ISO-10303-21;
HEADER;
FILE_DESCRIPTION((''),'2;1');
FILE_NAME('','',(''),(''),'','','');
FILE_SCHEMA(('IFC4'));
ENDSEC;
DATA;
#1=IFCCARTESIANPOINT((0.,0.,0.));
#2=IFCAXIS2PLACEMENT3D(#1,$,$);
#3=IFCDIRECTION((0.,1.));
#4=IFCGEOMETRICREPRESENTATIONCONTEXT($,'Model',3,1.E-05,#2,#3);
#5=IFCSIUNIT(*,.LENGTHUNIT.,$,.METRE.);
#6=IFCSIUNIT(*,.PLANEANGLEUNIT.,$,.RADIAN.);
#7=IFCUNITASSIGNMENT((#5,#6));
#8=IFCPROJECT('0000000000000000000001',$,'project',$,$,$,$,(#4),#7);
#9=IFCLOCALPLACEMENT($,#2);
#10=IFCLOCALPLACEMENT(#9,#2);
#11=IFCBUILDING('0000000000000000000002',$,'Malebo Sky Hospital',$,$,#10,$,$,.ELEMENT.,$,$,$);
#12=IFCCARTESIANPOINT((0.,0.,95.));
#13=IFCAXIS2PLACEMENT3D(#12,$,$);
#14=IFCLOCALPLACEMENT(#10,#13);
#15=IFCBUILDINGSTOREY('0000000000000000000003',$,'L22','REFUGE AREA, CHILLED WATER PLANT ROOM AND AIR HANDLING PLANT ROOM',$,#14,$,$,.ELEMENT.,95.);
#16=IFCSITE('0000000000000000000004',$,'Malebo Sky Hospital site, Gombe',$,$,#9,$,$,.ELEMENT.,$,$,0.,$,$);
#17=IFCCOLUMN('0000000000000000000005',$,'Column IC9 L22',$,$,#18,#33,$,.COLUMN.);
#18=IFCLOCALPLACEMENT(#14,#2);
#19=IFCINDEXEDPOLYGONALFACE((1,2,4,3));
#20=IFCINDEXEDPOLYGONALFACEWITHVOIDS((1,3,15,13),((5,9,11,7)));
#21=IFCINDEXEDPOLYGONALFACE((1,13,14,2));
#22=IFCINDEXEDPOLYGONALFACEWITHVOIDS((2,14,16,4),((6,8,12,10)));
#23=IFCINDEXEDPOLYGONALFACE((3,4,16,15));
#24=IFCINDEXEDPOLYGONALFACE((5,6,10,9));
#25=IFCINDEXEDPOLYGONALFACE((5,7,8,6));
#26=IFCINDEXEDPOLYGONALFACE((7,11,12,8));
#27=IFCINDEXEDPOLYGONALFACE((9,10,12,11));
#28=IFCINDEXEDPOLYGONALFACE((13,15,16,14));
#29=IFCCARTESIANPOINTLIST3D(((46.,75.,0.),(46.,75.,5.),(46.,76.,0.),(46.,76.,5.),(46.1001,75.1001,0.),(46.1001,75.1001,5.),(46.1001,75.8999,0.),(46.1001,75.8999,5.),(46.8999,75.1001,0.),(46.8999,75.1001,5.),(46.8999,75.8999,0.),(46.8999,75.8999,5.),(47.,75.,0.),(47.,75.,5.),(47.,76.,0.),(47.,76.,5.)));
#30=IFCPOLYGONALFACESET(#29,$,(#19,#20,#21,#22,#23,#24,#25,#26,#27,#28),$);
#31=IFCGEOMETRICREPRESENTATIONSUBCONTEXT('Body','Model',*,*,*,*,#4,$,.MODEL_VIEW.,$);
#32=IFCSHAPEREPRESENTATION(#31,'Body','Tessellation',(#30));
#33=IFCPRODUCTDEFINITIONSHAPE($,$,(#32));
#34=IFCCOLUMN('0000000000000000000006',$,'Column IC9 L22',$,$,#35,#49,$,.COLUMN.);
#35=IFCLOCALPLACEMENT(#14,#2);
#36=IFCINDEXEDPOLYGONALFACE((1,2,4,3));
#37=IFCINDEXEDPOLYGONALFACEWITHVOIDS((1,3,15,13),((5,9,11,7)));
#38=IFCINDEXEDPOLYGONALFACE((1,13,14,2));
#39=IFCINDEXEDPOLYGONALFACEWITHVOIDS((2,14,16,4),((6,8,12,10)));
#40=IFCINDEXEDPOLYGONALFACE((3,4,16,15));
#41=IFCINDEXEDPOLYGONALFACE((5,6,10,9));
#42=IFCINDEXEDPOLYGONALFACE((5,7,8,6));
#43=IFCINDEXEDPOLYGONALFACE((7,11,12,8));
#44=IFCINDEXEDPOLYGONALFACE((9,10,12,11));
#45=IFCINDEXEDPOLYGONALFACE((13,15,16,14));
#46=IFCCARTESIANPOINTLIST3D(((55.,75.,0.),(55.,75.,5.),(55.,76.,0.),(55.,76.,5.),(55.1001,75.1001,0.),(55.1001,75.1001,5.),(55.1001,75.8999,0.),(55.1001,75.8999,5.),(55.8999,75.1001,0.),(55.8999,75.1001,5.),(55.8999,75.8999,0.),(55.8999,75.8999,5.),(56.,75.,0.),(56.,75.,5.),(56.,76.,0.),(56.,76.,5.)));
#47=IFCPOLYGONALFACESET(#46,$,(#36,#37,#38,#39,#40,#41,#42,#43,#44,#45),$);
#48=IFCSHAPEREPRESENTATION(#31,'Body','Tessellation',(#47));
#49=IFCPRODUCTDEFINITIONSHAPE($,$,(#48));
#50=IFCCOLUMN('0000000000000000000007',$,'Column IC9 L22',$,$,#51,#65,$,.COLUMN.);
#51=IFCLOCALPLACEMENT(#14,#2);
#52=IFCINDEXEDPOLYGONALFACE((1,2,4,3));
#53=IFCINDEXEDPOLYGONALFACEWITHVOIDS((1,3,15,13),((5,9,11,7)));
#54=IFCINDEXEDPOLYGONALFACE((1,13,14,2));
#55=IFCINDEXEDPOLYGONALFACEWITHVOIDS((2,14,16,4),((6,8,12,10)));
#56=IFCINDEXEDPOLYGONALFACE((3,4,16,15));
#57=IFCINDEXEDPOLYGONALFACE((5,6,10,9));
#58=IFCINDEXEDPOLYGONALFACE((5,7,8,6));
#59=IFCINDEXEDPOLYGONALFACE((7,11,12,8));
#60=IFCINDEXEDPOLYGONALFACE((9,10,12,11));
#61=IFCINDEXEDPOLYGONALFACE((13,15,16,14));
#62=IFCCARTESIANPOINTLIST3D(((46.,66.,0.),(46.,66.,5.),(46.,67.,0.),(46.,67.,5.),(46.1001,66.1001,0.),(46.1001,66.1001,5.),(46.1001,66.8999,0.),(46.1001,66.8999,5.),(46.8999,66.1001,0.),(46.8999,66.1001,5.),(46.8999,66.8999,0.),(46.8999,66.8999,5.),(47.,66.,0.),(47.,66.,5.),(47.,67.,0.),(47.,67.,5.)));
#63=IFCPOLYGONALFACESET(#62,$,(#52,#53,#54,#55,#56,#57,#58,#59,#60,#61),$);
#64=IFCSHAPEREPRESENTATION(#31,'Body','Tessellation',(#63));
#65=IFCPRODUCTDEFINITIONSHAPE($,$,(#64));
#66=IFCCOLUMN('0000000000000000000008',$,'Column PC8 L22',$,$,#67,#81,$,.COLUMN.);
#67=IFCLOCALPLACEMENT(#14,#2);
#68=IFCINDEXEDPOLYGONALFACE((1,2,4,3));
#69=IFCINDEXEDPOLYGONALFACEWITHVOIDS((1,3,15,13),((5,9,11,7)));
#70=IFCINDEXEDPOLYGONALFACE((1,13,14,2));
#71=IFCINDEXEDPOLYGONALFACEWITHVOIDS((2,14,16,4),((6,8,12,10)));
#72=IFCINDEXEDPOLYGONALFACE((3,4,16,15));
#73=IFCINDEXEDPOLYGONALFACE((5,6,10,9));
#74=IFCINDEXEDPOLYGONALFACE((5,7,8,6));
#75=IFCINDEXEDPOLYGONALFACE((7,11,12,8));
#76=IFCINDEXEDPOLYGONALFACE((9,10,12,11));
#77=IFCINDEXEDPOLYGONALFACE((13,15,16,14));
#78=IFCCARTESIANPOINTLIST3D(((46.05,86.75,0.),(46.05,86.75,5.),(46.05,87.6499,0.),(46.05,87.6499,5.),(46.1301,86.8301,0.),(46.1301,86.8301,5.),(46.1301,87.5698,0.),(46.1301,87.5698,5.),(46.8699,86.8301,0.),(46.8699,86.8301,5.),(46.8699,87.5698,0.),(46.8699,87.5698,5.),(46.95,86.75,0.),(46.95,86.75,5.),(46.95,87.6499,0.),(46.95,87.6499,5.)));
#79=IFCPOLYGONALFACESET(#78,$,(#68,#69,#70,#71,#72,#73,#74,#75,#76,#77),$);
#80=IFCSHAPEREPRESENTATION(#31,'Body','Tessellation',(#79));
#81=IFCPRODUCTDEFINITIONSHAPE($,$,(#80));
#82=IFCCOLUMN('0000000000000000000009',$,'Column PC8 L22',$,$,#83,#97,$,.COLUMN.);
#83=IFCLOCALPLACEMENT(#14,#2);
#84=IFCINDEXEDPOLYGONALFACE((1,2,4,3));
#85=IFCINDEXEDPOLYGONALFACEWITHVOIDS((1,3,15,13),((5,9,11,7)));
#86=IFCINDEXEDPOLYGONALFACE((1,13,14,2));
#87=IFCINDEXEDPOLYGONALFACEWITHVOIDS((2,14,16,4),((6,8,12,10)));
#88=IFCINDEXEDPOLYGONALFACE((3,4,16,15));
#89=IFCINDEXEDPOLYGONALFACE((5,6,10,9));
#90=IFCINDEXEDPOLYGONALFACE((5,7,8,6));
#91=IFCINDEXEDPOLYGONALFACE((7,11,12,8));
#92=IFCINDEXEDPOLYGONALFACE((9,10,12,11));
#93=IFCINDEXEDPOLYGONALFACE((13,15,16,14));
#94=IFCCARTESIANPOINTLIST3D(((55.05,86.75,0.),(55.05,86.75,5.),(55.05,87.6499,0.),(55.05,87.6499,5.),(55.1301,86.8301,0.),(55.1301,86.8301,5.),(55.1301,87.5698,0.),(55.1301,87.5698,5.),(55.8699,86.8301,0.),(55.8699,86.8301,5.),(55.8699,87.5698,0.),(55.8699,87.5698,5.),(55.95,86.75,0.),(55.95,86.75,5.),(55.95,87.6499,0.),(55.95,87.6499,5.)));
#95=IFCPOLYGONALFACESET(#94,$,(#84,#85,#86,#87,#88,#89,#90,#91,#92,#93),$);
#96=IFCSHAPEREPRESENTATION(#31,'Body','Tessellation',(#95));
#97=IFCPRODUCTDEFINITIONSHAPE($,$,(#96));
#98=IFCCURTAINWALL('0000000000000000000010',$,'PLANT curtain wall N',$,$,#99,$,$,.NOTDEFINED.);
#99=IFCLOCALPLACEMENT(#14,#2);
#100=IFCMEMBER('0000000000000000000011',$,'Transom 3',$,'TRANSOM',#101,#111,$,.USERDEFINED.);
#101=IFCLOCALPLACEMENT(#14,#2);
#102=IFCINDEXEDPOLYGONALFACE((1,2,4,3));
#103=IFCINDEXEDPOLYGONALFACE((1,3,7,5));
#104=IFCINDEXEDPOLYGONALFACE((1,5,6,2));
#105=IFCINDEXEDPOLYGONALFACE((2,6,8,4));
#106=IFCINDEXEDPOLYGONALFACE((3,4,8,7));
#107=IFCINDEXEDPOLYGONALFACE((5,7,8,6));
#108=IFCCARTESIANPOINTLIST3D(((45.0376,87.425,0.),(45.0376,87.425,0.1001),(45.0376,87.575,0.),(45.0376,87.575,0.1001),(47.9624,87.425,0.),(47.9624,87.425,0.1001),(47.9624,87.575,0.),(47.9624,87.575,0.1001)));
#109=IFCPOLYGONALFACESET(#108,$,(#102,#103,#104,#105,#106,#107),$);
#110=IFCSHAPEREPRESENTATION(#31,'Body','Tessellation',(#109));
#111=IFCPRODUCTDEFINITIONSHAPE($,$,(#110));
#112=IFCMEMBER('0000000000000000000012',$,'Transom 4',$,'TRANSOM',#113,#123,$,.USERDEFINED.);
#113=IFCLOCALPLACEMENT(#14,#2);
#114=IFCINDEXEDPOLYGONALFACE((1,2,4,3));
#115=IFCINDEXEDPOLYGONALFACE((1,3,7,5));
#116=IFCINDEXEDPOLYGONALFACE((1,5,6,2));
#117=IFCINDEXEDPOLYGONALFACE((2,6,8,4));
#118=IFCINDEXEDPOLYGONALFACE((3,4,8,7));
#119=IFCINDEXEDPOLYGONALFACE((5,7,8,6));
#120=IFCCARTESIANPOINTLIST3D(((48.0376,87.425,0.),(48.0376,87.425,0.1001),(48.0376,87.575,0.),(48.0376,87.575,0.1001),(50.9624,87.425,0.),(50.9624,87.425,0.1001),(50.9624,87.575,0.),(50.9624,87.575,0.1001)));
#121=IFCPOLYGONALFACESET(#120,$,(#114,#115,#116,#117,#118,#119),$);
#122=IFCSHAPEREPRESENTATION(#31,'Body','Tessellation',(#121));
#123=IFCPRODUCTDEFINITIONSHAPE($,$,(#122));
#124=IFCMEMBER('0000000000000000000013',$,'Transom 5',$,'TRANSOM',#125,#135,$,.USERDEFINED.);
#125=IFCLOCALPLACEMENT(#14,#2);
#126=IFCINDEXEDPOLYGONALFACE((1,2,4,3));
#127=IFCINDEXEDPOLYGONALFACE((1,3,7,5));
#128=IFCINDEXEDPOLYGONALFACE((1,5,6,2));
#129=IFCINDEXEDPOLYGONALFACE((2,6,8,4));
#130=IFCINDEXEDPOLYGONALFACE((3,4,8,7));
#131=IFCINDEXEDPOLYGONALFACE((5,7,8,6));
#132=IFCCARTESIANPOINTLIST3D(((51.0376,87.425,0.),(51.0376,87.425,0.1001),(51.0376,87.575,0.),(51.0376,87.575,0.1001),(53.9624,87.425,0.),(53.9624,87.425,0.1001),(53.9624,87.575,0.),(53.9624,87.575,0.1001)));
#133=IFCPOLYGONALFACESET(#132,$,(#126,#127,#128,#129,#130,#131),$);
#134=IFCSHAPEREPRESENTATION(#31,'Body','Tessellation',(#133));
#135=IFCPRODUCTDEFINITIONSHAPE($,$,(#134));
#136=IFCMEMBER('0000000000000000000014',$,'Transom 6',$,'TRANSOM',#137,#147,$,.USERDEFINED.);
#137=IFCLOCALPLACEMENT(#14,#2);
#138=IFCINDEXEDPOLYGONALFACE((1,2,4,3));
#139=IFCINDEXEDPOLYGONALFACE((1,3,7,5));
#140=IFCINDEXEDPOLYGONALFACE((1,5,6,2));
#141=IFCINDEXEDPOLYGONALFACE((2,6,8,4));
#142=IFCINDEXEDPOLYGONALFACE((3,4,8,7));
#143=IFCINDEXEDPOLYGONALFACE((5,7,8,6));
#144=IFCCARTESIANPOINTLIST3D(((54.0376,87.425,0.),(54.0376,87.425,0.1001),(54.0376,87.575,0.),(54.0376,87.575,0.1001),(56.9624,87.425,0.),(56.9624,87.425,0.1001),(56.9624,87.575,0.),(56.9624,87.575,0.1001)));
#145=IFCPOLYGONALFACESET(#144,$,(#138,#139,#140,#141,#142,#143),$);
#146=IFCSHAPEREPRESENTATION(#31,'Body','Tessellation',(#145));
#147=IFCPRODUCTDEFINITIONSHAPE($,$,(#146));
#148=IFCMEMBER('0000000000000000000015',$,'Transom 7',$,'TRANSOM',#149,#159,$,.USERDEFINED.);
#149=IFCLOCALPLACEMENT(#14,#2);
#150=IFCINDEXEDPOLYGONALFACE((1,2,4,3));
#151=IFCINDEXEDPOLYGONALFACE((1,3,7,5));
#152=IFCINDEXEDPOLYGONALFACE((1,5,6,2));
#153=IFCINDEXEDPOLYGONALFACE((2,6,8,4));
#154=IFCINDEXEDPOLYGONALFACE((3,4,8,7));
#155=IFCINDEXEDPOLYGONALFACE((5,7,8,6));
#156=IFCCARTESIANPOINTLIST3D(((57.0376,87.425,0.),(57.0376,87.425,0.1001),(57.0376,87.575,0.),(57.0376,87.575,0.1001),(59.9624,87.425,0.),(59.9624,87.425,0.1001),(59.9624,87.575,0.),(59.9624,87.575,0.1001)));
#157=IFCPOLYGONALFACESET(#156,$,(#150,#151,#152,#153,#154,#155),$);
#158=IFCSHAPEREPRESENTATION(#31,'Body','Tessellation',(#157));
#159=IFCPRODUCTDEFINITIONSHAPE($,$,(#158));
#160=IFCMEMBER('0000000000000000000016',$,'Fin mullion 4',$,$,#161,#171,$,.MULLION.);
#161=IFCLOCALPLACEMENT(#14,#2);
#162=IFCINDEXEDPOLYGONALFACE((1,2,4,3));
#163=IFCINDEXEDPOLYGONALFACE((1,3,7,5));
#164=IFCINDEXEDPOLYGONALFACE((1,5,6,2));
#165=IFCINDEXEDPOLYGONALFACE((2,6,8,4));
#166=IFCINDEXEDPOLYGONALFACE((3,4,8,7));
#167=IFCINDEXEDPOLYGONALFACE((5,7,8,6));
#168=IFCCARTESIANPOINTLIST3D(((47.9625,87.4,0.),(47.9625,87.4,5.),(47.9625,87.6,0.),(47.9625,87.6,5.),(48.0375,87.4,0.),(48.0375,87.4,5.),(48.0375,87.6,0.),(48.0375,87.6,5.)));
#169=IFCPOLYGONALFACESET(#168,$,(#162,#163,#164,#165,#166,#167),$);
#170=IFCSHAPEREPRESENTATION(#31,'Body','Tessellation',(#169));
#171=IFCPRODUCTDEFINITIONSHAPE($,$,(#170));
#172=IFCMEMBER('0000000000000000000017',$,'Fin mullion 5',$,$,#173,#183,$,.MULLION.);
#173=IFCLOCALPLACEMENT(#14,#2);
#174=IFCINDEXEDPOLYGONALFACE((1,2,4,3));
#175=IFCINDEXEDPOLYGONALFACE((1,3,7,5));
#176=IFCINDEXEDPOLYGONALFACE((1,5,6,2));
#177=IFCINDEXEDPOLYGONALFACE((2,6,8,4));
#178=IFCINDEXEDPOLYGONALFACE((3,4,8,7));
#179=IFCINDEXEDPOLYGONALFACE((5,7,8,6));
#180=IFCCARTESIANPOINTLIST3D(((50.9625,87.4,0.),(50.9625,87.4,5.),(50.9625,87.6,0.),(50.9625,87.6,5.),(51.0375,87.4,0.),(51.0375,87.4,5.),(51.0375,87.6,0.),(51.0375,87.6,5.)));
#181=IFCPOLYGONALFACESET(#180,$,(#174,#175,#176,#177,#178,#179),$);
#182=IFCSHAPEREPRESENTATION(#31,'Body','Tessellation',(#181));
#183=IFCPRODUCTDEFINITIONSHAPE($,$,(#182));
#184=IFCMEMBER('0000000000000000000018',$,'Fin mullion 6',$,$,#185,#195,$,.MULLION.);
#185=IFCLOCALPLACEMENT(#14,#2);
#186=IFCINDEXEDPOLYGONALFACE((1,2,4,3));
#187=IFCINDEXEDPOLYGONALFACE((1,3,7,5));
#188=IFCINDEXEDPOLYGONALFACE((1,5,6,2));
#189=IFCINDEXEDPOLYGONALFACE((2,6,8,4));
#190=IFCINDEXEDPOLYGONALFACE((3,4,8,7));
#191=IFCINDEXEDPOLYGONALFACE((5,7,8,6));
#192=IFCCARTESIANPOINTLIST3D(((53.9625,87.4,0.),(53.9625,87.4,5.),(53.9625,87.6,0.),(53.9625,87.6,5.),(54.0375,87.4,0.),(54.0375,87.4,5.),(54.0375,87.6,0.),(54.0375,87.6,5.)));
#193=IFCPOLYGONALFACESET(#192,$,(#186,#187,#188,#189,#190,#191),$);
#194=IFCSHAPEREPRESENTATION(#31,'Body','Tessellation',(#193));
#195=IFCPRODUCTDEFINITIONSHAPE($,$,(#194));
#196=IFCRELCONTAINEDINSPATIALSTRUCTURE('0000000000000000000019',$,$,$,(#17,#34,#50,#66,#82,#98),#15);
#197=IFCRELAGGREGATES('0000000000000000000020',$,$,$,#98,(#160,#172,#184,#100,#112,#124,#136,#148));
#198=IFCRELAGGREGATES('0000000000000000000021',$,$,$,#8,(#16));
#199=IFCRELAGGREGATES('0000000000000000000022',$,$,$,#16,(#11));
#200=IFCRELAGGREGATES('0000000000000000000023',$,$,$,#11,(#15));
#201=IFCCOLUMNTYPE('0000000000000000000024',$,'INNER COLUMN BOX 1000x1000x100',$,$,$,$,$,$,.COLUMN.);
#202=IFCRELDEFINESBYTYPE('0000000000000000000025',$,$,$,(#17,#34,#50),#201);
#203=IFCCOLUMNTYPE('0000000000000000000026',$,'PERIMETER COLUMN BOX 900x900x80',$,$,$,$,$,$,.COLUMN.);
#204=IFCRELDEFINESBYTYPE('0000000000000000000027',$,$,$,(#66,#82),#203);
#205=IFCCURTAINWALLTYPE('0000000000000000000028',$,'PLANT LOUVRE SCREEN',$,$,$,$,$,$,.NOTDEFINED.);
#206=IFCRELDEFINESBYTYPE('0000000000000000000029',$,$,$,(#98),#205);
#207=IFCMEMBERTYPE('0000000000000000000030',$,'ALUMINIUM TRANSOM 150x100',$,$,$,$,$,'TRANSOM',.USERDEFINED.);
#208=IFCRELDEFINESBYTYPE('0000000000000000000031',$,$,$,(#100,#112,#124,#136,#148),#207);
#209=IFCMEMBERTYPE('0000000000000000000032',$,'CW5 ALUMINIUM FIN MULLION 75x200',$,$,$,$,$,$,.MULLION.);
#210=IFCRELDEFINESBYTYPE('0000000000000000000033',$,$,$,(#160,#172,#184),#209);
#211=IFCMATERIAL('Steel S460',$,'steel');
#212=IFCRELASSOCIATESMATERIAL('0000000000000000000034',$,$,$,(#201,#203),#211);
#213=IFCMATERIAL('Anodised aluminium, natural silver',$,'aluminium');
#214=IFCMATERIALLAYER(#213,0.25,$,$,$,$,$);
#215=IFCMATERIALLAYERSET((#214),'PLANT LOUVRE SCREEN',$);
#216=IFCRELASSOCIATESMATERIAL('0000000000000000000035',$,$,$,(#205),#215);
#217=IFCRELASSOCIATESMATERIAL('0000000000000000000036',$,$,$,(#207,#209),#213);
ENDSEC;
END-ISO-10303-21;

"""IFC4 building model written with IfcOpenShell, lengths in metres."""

from ifc_helpers import new_model, si_unit, direction, frame, origin, origin_2d, place, context, subcontext, project, spatial, rectangle, hollow_rectangle, extrude, material, layer, layer_set, material_profile, profile_set, type_object, element, aggregate, save


model = new_model("IFC4")

# Units and contexts
model_context = context("Model", 3, precision=1e-05, world=origin(), true_north=direction((0.0, 1.0)))
body_context = subcontext(model_context, "Body", "Model", "MODEL_VIEW")
ifc_project = project(units=[si_unit("LENGTHUNIT", "METRE"), si_unit("PLANEANGLEUNIT", "RADIAN")], contexts=[model_context])

# Site, building, storey
site_placement = place(None, origin())
site = spatial("IfcSite", under=ifc_project, at=site_placement, Name="Malebo Sky Hospital site, Gombe", CompositionType="ELEMENT", RefElevation=0.0)
building_placement = place(site_placement, origin())
building = spatial("IfcBuilding", under=site, at=building_placement, Name="Malebo Sky Hospital", CompositionType="ELEMENT")
storey_placement = place(building_placement, frame((0.0, 0.0, 95.0)))
storey = spatial("IfcBuildingStorey", under=building, at=storey_placement, Name="L22", Description="REFUGE AREA, CHILLED WATER PLANT ROOM AND AIR HANDLING PLANT ROOM", CompositionType="ELEMENT", Elevation=95.0)

# Columns
ifc_material_1 = material(Name="Steel S460", Category="steel")
ifc_material_profile_1 = material_profile(ifc_material_1, hollow_rectangle(XDim=1.0, YDim=1.0, WallThickness=0.1001, at=origin_2d()), Name="BOX 1000x1000x100")
ifc_profile_set_1 = profile_set([ifc_material_profile_1], Name="Steel S460")
column_type_1 = type_object("IfcColumnType", Name="INNER COLUMN BOX 1000x1000x100", PredefinedType="COLUMN", material=ifc_profile_set_1)
for number, where, z_axis, x_axis, name in (
    (1, (46.5, 75.5, 0.0), (0.0, 0.0, 1.0), (1.0, 0.0, 0.0), "Column IC9 L22"),
    (2, (55.5, 75.5, 0.0), (0.0, 0.0, 1.0), (1.0, 0.0, 0.0), "Column IC9 L22"),
    (3, (46.5, 66.5, 0.0), (0.0, 0.0, 1.0), (1.0, 0.0, 0.0), "Column IC9 L22"),
):
    element("IfcColumn", number, at=place(storey_placement, frame(where, z_axis=z_axis, x_axis=x_axis)), inside=storey, type_object=column_type_1, Name=name, PredefinedType="COLUMN", context=body_context, shape_type="SweptSolid", body=[
        extrude(hollow_rectangle(XDim=1.0, YDim=1.0, WallThickness=0.1001, at=origin_2d()), origin(), (0.0, 0.0, 1.0), 5.0),
    ])
ifc_material_profile_2 = material_profile(ifc_material_1, hollow_rectangle(XDim=0.8999, YDim=0.8999, WallThickness=0.0801, at=origin_2d()), Name="BOX 900x900x80")
ifc_profile_set_2 = profile_set([ifc_material_profile_2], Name="Steel S460")
column_type_2 = type_object("IfcColumnType", Name="PERIMETER COLUMN BOX 900x900x80", PredefinedType="COLUMN", material=ifc_profile_set_2)
for number, where, z_axis, x_axis, name in (
    (4, (46.5, 87.2, 0.0), (0.0, 0.0, 1.0), (1.0, 0.0, 0.0), "Column PC8 L22"),
    (5, (55.5, 87.2, 0.0), (0.0, 0.0, 1.0), (1.0, 0.0, 0.0), "Column PC8 L22"),
):
    element("IfcColumn", number, at=place(storey_placement, frame(where, z_axis=z_axis, x_axis=x_axis)), inside=storey, type_object=column_type_2, Name=name, PredefinedType="COLUMN", context=body_context, shape_type="SweptSolid", body=[
        extrude(hollow_rectangle(XDim=0.8999, YDim=0.8999, WallThickness=0.0801, at=origin_2d()), origin(), (0.0, 0.0, 1.0), 5.0),
    ])

# Curtain wall, members
ifc_material_2 = material(Name="Anodised aluminium, natural silver", Category="aluminium")
ifc_layer_1 = layer(ifc_material_2, 0.25)
ifc_layer_set_1 = layer_set([ifc_layer_1], Name="PLANT LOUVRE SCREEN")
curtain_wall_type = type_object("IfcCurtainWallType", Name="PLANT LOUVRE SCREEN", PredefinedType="NOTDEFINED", material=ifc_layer_set_1)
curtain_wall_placement = place(storey_placement, origin())
curtain_wall = element("IfcCurtainWall", 6, at=curtain_wall_placement, inside=storey, type_object=curtain_wall_type, Name="PLANT curtain wall N", PredefinedType="NOTDEFINED")
ifc_material_profile_3 = material_profile(ifc_material_2, rectangle(XDim=0.1499, YDim=0.1001, at=origin_2d()), Name="ALUMINIUM TRANSOM 150x100")
ifc_profile_set_3 = profile_set([ifc_material_profile_3], Name="Anodised aluminium, natural silver")
member_type_1 = type_object("IfcMemberType", Name="ALUMINIUM TRANSOM 150x100", ElementType="TRANSOM", PredefinedType="USERDEFINED", material=ifc_profile_set_3)
member_1_placement = place(storey_placement, frame((45.0376, 87.5, 0.05), z_axis=(1.0, 0.0, 0.0), x_axis=(0.0, 1.0, 0.0)))
member_1 = element("IfcMember", 7, at=member_1_placement, type_object=member_type_1, Name="Transom 3", ObjectType="TRANSOM", PredefinedType="USERDEFINED", context=body_context, shape_type="SweptSolid", body=[
    extrude(rectangle(XDim=0.1499, YDim=0.1001, at=origin_2d()), origin(), (0.0, 0.0, 1.0), 2.9248),
])
member_2_placement = place(storey_placement, frame((48.0376, 87.5, 0.05), z_axis=(1.0, 0.0, 0.0), x_axis=(0.0, 1.0, 0.0)))
member_2 = element("IfcMember", 8, at=member_2_placement, type_object=member_type_1, Name="Transom 4", ObjectType="TRANSOM", PredefinedType="USERDEFINED", context=body_context, shape_type="SweptSolid", body=[
    extrude(rectangle(XDim=0.1499, YDim=0.1001, at=origin_2d()), origin(), (0.0, 0.0, 1.0), 2.9248),
])
member_3_placement = place(storey_placement, frame((51.0376, 87.5, 0.05), z_axis=(1.0, 0.0, 0.0), x_axis=(0.0, 1.0, 0.0)))
member_3 = element("IfcMember", 9, at=member_3_placement, type_object=member_type_1, Name="Transom 5", ObjectType="TRANSOM", PredefinedType="USERDEFINED", context=body_context, shape_type="SweptSolid", body=[
    extrude(rectangle(XDim=0.1499, YDim=0.1001, at=origin_2d()), origin(), (0.0, 0.0, 1.0), 2.9248),
])
member_4_placement = place(storey_placement, frame((54.0376, 87.5, 0.05), z_axis=(1.0, 0.0, 0.0), x_axis=(0.0, 1.0, 0.0)))
member_4 = element("IfcMember", 10, at=member_4_placement, type_object=member_type_1, Name="Transom 6", ObjectType="TRANSOM", PredefinedType="USERDEFINED", context=body_context, shape_type="SweptSolid", body=[
    extrude(rectangle(XDim=0.1499, YDim=0.1001, at=origin_2d()), origin(), (0.0, 0.0, 1.0), 2.9248),
])
member_5_placement = place(storey_placement, frame((57.0376, 87.5, 0.05), z_axis=(1.0, 0.0, 0.0), x_axis=(0.0, 1.0, 0.0)))
member_5 = element("IfcMember", 11, at=member_5_placement, type_object=member_type_1, Name="Transom 7", ObjectType="TRANSOM", PredefinedType="USERDEFINED", context=body_context, shape_type="SweptSolid", body=[
    extrude(rectangle(XDim=0.1499, YDim=0.1001, at=origin_2d()), origin(), (0.0, 0.0, 1.0), 2.9248),
])
ifc_material_profile_4 = material_profile(ifc_material_2, rectangle(XDim=0.075, YDim=0.2, at=origin_2d()), Name="CW5 ALUMINIUM FIN MULLION 75x200")
ifc_profile_set_4 = profile_set([ifc_material_profile_4], Name="Anodised aluminium, natural silver")
member_type_2 = type_object("IfcMemberType", Name="CW5 ALUMINIUM FIN MULLION 75x200", PredefinedType="MULLION", material=ifc_profile_set_4)
member_6_placement = place(storey_placement, frame((48.0, 87.5, 0.0), z_axis=(0.0, 0.0, 1.0), x_axis=(1.0, 0.0, 0.0)))
member_6 = element("IfcMember", 12, at=member_6_placement, type_object=member_type_2, Name="Fin mullion 4", PredefinedType="MULLION", context=body_context, shape_type="SweptSolid", body=[
    extrude(rectangle(XDim=0.075, YDim=0.2, at=origin_2d()), origin(), (0.0, 0.0, 1.0), 5.0),
])
member_7_placement = place(storey_placement, frame((51.0, 87.5, 0.0), z_axis=(0.0, 0.0, 1.0), x_axis=(1.0, 0.0, 0.0)))
member_7 = element("IfcMember", 13, at=member_7_placement, type_object=member_type_2, Name="Fin mullion 5", PredefinedType="MULLION", context=body_context, shape_type="SweptSolid", body=[
    extrude(rectangle(XDim=0.075, YDim=0.2, at=origin_2d()), origin(), (0.0, 0.0, 1.0), 5.0),
])
member_8_placement = place(storey_placement, frame((54.0, 87.5, 0.0), z_axis=(0.0, 0.0, 1.0), x_axis=(1.0, 0.0, 0.0)))
member_8 = element("IfcMember", 14, at=member_8_placement, type_object=member_type_2, Name="Fin mullion 6", PredefinedType="MULLION", context=body_context, shape_type="SweptSolid", body=[
    extrude(rectangle(XDim=0.075, YDim=0.2, at=origin_2d()), origin(), (0.0, 0.0, 1.0), 5.0),
])
aggregate(curtain_wall, [member_6, member_7, member_8, member_1, member_2, member_3, member_4, member_5])

save(model, "model.ifc")
